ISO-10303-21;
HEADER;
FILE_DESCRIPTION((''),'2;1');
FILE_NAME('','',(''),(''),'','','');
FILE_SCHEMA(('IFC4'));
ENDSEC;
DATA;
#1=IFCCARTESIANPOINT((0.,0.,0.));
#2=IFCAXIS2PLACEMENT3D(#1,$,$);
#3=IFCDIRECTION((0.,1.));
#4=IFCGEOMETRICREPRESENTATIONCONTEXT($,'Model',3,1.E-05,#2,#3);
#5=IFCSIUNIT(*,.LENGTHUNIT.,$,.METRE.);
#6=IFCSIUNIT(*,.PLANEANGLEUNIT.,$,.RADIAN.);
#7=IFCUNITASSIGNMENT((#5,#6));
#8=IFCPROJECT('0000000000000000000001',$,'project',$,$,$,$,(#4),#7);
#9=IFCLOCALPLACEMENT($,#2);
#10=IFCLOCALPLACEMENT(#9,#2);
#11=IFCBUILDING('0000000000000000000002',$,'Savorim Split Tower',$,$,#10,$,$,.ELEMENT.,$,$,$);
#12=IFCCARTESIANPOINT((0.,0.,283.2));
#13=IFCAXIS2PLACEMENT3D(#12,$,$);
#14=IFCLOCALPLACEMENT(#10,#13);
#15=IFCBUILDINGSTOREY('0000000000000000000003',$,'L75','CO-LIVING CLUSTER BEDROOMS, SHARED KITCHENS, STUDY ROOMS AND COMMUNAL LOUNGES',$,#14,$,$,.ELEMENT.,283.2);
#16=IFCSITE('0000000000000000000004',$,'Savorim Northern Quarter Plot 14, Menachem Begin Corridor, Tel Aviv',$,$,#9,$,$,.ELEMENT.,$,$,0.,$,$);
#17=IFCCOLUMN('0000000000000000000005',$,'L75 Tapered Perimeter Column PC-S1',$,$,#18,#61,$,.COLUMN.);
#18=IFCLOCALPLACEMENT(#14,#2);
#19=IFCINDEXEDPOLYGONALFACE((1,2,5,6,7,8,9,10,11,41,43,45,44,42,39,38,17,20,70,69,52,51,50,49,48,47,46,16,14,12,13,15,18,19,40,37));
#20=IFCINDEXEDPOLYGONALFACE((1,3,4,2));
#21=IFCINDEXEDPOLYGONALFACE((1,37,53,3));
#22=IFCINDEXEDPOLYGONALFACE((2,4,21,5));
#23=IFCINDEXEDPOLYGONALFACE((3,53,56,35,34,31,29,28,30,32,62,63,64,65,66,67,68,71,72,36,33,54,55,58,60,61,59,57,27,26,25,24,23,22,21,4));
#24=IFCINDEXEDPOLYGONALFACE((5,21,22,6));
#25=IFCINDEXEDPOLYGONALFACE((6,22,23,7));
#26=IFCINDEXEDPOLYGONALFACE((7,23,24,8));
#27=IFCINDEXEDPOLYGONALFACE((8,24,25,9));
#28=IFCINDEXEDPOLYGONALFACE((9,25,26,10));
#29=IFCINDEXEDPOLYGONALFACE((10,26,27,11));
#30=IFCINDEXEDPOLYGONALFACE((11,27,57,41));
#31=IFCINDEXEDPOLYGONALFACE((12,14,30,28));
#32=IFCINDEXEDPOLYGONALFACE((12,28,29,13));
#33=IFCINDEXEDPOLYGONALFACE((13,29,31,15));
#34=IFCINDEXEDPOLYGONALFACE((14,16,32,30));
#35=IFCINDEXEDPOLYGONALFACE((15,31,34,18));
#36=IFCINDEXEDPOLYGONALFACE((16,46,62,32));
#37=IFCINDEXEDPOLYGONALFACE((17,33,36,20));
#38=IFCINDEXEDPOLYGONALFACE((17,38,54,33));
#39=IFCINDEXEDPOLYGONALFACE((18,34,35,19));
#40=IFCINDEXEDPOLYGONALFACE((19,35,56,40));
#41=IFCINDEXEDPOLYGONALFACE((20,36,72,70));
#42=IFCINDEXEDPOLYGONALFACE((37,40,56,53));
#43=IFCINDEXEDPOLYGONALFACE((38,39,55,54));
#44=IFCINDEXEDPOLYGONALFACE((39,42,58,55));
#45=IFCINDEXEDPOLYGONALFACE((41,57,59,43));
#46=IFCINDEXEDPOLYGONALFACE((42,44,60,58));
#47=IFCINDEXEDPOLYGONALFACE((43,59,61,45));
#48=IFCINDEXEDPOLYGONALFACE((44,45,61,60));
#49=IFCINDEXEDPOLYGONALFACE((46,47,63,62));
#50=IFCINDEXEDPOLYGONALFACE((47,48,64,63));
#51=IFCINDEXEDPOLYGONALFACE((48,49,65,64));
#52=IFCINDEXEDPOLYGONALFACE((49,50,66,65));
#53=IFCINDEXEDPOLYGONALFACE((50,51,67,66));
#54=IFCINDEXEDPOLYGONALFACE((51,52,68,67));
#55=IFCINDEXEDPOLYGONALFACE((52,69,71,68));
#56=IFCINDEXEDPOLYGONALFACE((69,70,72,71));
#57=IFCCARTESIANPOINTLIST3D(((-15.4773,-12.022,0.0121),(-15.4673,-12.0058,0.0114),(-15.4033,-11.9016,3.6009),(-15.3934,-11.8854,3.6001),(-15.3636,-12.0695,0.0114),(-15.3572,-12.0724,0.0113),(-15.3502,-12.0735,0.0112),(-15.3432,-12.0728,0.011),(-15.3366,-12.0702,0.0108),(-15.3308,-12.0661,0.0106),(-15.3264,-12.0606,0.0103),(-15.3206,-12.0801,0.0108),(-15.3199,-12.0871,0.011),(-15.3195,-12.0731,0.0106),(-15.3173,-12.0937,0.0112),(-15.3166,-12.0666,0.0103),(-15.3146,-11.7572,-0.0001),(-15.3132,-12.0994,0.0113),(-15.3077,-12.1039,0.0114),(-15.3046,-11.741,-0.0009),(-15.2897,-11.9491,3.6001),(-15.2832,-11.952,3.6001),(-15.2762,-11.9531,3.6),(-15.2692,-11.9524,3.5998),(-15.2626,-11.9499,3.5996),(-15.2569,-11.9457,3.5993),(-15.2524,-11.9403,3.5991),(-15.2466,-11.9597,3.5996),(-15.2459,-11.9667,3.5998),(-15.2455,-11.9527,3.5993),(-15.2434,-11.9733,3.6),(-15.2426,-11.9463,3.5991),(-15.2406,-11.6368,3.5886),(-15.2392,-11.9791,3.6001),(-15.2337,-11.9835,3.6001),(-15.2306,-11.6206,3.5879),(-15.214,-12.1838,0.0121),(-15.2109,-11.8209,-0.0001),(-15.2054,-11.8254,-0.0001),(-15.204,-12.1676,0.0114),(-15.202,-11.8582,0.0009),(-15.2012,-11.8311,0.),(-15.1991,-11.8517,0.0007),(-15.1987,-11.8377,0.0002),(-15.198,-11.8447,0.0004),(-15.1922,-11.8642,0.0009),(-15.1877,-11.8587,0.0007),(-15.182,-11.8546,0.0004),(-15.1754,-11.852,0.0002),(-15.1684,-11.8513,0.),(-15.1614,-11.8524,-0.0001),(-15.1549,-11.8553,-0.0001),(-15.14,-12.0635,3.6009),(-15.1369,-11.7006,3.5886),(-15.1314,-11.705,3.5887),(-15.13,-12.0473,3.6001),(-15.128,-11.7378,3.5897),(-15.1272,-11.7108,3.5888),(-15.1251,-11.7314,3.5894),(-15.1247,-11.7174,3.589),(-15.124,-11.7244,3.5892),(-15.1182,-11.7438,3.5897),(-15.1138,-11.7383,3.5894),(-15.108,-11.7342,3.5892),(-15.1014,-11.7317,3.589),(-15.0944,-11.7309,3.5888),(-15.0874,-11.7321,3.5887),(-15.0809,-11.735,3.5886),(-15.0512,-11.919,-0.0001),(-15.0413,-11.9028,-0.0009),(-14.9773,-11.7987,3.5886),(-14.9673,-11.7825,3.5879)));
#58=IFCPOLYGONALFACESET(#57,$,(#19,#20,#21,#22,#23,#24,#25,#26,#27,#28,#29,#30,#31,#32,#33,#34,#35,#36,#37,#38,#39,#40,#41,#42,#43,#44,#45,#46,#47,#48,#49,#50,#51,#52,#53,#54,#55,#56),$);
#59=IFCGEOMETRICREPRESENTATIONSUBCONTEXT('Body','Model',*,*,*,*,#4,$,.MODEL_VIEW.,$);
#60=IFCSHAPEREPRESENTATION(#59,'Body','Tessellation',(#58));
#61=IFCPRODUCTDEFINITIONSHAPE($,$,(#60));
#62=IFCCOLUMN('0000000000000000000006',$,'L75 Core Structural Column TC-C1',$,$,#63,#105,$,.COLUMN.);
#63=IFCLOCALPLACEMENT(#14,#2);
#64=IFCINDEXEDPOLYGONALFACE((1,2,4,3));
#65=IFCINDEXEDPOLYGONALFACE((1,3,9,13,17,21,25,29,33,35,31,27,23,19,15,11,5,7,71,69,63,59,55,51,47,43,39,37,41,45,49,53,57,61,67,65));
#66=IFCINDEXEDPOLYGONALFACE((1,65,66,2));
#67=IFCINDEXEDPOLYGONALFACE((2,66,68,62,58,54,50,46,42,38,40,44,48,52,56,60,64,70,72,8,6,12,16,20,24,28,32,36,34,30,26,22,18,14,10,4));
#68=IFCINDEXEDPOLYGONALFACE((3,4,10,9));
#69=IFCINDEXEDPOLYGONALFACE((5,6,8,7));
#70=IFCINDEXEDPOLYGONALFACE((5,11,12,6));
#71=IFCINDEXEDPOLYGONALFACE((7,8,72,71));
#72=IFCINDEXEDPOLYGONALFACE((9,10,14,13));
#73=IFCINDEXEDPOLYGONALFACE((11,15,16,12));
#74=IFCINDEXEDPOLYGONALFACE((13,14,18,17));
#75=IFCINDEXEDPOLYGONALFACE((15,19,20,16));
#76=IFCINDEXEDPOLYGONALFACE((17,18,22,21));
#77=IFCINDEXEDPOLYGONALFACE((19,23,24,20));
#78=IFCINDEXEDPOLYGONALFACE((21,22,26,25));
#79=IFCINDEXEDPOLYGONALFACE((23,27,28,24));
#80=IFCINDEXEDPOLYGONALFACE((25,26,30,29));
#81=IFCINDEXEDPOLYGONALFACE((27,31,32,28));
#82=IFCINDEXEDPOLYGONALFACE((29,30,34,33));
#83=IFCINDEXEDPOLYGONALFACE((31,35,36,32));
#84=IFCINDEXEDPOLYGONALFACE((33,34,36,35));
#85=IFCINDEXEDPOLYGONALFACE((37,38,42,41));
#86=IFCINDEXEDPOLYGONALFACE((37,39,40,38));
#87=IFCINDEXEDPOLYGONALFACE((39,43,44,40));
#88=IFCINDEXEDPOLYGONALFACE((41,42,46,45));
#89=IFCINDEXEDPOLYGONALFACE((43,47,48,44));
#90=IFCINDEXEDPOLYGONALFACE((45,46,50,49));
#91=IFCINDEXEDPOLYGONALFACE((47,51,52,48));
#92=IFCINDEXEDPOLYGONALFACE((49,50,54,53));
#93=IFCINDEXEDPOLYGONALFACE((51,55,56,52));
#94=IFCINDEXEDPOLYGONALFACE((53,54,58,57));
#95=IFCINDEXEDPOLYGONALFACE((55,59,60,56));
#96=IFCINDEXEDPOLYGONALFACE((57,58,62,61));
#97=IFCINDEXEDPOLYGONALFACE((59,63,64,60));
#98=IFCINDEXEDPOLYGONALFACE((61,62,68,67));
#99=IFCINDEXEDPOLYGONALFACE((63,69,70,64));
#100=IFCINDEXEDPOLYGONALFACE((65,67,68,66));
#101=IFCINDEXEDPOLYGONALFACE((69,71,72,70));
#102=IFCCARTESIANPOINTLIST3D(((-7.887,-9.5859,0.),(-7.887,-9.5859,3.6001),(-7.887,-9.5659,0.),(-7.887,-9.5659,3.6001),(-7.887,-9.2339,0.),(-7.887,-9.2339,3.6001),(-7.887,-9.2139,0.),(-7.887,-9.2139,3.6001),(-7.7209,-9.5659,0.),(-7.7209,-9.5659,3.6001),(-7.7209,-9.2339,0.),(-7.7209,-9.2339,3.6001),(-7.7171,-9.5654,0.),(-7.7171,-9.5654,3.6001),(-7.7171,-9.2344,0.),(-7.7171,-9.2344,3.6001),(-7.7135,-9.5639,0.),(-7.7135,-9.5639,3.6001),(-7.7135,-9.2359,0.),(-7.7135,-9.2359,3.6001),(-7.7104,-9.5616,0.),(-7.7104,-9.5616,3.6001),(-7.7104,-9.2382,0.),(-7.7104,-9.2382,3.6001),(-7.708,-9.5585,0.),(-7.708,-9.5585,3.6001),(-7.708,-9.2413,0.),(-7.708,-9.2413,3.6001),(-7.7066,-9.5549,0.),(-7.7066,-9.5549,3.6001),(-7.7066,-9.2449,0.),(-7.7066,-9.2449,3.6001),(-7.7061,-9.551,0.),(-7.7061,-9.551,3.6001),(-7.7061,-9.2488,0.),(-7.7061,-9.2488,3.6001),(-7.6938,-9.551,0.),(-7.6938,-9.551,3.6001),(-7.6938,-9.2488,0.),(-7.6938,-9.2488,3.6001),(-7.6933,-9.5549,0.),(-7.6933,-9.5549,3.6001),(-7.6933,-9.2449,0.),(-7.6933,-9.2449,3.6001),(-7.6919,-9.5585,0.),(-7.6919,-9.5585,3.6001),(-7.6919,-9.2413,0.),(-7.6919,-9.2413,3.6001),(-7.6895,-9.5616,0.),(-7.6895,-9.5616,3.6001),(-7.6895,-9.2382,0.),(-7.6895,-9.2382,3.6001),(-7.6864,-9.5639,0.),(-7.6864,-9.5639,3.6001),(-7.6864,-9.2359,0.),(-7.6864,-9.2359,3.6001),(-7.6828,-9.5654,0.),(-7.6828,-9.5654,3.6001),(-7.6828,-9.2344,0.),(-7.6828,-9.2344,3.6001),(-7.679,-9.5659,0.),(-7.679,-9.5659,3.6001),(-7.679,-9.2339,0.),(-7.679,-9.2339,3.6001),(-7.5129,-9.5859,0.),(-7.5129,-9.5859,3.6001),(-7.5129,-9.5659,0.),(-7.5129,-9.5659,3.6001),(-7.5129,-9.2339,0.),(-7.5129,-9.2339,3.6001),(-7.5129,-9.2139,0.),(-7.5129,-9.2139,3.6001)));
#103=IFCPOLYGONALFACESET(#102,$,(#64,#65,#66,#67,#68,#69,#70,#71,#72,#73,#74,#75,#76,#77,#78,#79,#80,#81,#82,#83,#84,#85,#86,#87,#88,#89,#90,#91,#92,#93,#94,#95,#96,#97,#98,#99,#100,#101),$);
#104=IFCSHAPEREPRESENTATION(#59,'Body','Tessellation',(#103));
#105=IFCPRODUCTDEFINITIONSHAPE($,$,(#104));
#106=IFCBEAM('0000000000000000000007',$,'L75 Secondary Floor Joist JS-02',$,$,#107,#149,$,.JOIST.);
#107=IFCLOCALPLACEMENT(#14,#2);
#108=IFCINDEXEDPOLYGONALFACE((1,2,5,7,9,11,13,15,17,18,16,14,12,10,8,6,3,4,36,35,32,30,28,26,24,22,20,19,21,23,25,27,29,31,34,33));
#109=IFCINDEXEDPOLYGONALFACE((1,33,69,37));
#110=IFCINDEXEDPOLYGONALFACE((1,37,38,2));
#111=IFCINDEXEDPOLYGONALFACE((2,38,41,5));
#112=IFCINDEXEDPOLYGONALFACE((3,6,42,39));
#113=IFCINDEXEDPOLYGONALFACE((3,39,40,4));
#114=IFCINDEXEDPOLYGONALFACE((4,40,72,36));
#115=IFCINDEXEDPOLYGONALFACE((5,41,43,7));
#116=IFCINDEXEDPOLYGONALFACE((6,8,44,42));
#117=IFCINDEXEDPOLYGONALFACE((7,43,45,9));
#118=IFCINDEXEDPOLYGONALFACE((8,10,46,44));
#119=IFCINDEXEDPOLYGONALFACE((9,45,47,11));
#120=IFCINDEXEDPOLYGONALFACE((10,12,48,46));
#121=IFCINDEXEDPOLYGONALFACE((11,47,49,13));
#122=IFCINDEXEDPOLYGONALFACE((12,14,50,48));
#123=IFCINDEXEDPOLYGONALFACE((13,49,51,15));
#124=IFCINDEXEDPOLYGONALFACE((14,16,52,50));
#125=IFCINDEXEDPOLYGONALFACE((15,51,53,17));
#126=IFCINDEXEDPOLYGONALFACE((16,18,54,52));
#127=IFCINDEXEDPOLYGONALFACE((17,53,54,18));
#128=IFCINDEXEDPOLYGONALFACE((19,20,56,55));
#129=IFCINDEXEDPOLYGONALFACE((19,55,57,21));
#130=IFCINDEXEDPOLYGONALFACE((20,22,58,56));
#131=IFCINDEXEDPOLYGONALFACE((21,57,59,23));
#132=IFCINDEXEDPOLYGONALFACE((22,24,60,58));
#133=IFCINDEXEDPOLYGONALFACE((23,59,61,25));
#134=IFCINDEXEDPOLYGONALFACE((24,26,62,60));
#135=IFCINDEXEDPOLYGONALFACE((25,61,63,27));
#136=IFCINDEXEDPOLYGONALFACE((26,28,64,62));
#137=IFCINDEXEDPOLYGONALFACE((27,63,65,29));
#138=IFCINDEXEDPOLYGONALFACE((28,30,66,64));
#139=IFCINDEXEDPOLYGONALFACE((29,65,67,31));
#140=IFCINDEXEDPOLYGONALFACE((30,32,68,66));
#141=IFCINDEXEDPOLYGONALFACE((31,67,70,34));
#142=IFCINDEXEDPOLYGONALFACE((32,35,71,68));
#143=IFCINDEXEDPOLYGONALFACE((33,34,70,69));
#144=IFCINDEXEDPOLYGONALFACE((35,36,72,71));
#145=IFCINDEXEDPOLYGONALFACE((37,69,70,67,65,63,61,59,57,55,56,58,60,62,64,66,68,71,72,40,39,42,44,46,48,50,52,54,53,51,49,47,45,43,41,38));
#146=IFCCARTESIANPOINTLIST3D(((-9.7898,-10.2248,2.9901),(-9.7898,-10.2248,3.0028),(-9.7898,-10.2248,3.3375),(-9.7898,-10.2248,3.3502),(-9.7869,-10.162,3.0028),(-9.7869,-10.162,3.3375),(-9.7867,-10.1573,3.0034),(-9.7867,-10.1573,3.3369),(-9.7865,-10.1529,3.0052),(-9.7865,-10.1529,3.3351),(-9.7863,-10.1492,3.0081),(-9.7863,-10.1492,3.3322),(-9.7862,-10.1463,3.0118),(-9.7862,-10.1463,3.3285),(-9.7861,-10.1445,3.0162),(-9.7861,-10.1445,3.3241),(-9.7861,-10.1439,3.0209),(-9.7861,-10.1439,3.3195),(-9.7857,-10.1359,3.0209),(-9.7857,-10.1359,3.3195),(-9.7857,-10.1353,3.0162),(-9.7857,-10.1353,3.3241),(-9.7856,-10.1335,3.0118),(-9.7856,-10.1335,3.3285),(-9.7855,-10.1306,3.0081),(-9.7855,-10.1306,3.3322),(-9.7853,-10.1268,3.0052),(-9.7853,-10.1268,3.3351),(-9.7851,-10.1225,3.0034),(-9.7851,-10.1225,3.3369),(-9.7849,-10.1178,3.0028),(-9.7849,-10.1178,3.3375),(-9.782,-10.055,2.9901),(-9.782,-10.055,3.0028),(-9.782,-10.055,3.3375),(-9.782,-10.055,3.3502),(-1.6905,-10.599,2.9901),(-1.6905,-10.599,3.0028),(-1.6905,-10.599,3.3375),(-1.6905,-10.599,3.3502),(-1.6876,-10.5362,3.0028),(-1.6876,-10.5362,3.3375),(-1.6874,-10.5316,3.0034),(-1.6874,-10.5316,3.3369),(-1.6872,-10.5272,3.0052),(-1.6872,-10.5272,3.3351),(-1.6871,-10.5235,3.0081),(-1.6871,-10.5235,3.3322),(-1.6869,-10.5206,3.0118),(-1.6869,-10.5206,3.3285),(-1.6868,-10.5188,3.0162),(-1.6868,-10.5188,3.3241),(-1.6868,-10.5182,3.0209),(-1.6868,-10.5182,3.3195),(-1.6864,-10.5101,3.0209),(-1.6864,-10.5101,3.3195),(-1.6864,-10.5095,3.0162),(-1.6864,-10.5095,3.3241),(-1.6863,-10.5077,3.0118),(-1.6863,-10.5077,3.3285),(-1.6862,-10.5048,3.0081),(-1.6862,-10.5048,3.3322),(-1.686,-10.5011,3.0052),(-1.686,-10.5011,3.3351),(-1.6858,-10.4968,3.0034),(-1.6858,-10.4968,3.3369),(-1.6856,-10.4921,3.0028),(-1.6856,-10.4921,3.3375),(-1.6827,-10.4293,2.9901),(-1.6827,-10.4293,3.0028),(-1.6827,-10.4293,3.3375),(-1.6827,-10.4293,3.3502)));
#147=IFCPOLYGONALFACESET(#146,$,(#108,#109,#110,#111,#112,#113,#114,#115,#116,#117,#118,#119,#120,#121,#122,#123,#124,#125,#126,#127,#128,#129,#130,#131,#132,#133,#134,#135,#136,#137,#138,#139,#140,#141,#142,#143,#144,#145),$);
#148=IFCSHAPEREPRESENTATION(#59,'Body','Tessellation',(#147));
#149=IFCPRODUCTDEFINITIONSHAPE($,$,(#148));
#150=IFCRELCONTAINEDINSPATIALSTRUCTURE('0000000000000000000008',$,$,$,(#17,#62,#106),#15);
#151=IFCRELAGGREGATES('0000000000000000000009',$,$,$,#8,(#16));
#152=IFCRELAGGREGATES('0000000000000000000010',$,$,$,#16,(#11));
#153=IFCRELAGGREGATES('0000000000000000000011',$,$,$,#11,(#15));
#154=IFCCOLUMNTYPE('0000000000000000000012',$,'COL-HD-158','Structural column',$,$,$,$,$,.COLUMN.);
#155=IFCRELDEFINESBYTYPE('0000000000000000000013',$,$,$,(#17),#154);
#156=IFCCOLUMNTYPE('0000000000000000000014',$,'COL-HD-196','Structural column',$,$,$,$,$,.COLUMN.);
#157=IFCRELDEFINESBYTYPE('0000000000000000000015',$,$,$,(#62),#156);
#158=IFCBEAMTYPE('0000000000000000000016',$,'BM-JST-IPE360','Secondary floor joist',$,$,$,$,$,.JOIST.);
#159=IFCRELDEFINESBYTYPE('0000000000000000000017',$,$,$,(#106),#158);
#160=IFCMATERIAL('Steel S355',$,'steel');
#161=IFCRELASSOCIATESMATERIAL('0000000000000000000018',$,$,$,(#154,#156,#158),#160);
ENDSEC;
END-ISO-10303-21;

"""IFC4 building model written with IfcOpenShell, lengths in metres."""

from ifc_helpers import new_model, si_unit, direction, frame, origin, origin_2d, place, context, subcontext, project, spatial, i_section, extrude, material, material_profile, profile_set, type_object, element, save


model = new_model("IFC4")

# Units and contexts
model_context = context("Model", 3, precision=1e-05, world=origin(), true_north=direction((0.0, 1.0)))
body_context = subcontext(model_context, "Body", "Model", "MODEL_VIEW")
ifc_project = project(units=[si_unit("LENGTHUNIT", "METRE"), si_unit("PLANEANGLEUNIT", "RADIAN")], contexts=[model_context])

# Site, building, storey
site_placement = place(None, origin())
site = spatial("IfcSite", under=ifc_project, at=site_placement, Name="Savorim Northern Quarter Plot 14, Menachem Begin Corridor, Tel Aviv", CompositionType="ELEMENT", RefElevation=0.0)
building_placement = place(site_placement, origin())
building = spatial("IfcBuilding", under=site, at=building_placement, Name="Savorim Split Tower", CompositionType="ELEMENT")
storey_placement = place(building_placement, frame((0.0, 0.0, 283.2)))
storey = spatial("IfcBuildingStorey", under=building, at=storey_placement, Name="L75", Description="CO-LIVING CLUSTER BEDROOMS, SHARED KITCHENS, STUDY ROOMS AND COMMUNAL LOUNGES", CompositionType="ELEMENT", Elevation=283.2)

# Columns
ifc_material_1 = material(Name="Steel S355", Category="steel")
ifc_material_profile_1 = material_profile(ifc_material_1, i_section(OverallWidth=0.3091, OverallDepth=0.3301, WebThickness=0.0115, FlangeThickness=0.019, FilletRadius=0.0271, at=origin_2d()), Name="HD 320x158")
ifc_profile_set_1 = profile_set([ifc_material_profile_1], Name="Steel S355")
column_type_1 = type_object("IfcColumnType", Name="COL-HD-158", Description="Structural column", PredefinedType="COLUMN", material=ifc_profile_set_1)
column_1_placement = place(storey_placement, frame((-15.2593, -11.9624, 0.0056), z_axis=(0.020596, 0.033511, 0.999226), x_axis=(-0.851955, 0.523615, 0.0)))
element("IfcColumn", 1, at=column_1_placement, inside=storey, type_object=column_type_1, Name="L75 Tapered Perimeter Column PC-S1", PredefinedType="COLUMN", context=body_context, shape_type="SweptSolid", body=[
    extrude(i_section(OverallWidth=0.3091, OverallDepth=0.3301, WebThickness=0.0115, FlangeThickness=0.019, FilletRadius=0.0271, at=origin_2d()), origin(), (0.0, 0.0, 1.0), 3.5916),
])
ifc_material_profile_2 = material_profile(ifc_material_1, i_section(OverallWidth=0.374, OverallDepth=0.3721, WebThickness=0.0122, FlangeThickness=0.02, FilletRadius=0.0149, at=origin_2d()), Name="HD 360x196")
ifc_profile_set_2 = profile_set([ifc_material_profile_2], Name="Steel S355")
column_type_2 = type_object("IfcColumnType", Name="COL-HD-196", Description="Structural column", PredefinedType="COLUMN", material=ifc_profile_set_2)
column_2_placement = place(storey_placement, frame((-7.7, -9.3999, 0.0), z_axis=(0.0, 0.0, 1.0), x_axis=(1.0, 0.0, 0.0)))
element("IfcColumn", 2, at=column_2_placement, inside=storey, type_object=column_type_2, Name="L75 Core Structural Column TC-C1", PredefinedType="COLUMN", context=body_context, shape_type="SweptSolid", body=[
    extrude(i_section(OverallWidth=0.374, OverallDepth=0.3721, WebThickness=0.0122, FlangeThickness=0.02, FilletRadius=0.0149, at=origin_2d()), origin(), (0.0, 0.0, 1.0), 3.6001),
])

# Beam
ifc_material_profile_3 = material_profile(ifc_material_1, i_section(OverallWidth=0.1699, OverallDepth=0.3601, WebThickness=0.0081, FlangeThickness=0.0127, FilletRadius=0.0181, at=origin_2d()), Name="IPE 360")
ifc_profile_set_3 = profile_set([ifc_material_profile_3], Name="Steel S355")
beam_type_1 = type_object("IfcBeamType", Name="BM-JST-IPE360", Description="Secondary floor joist", PredefinedType="JOIST", material=ifc_profile_set_3)
beam_1_placement = place(storey_placement, frame((-9.7859, -10.1399, 3.1702), z_axis=(0.998934, -0.04616, 0.0), x_axis=(0.04616, 0.998934, 0.0)))
element("IfcBeam", 3, at=beam_1_placement, inside=storey, type_object=beam_type_1, Name="L75 Secondary Floor Joist JS-02", PredefinedType="JOIST", context=body_context, shape_type="SweptSolid", body=[
    extrude(i_section(OverallWidth=0.1699, OverallDepth=0.3601, WebThickness=0.0081, FlangeThickness=0.0127, FilletRadius=0.0181, at=origin_2d()), origin(), (0.0, 0.0, 1.0), 8.1079),
])

save(model, "model.ifc")
